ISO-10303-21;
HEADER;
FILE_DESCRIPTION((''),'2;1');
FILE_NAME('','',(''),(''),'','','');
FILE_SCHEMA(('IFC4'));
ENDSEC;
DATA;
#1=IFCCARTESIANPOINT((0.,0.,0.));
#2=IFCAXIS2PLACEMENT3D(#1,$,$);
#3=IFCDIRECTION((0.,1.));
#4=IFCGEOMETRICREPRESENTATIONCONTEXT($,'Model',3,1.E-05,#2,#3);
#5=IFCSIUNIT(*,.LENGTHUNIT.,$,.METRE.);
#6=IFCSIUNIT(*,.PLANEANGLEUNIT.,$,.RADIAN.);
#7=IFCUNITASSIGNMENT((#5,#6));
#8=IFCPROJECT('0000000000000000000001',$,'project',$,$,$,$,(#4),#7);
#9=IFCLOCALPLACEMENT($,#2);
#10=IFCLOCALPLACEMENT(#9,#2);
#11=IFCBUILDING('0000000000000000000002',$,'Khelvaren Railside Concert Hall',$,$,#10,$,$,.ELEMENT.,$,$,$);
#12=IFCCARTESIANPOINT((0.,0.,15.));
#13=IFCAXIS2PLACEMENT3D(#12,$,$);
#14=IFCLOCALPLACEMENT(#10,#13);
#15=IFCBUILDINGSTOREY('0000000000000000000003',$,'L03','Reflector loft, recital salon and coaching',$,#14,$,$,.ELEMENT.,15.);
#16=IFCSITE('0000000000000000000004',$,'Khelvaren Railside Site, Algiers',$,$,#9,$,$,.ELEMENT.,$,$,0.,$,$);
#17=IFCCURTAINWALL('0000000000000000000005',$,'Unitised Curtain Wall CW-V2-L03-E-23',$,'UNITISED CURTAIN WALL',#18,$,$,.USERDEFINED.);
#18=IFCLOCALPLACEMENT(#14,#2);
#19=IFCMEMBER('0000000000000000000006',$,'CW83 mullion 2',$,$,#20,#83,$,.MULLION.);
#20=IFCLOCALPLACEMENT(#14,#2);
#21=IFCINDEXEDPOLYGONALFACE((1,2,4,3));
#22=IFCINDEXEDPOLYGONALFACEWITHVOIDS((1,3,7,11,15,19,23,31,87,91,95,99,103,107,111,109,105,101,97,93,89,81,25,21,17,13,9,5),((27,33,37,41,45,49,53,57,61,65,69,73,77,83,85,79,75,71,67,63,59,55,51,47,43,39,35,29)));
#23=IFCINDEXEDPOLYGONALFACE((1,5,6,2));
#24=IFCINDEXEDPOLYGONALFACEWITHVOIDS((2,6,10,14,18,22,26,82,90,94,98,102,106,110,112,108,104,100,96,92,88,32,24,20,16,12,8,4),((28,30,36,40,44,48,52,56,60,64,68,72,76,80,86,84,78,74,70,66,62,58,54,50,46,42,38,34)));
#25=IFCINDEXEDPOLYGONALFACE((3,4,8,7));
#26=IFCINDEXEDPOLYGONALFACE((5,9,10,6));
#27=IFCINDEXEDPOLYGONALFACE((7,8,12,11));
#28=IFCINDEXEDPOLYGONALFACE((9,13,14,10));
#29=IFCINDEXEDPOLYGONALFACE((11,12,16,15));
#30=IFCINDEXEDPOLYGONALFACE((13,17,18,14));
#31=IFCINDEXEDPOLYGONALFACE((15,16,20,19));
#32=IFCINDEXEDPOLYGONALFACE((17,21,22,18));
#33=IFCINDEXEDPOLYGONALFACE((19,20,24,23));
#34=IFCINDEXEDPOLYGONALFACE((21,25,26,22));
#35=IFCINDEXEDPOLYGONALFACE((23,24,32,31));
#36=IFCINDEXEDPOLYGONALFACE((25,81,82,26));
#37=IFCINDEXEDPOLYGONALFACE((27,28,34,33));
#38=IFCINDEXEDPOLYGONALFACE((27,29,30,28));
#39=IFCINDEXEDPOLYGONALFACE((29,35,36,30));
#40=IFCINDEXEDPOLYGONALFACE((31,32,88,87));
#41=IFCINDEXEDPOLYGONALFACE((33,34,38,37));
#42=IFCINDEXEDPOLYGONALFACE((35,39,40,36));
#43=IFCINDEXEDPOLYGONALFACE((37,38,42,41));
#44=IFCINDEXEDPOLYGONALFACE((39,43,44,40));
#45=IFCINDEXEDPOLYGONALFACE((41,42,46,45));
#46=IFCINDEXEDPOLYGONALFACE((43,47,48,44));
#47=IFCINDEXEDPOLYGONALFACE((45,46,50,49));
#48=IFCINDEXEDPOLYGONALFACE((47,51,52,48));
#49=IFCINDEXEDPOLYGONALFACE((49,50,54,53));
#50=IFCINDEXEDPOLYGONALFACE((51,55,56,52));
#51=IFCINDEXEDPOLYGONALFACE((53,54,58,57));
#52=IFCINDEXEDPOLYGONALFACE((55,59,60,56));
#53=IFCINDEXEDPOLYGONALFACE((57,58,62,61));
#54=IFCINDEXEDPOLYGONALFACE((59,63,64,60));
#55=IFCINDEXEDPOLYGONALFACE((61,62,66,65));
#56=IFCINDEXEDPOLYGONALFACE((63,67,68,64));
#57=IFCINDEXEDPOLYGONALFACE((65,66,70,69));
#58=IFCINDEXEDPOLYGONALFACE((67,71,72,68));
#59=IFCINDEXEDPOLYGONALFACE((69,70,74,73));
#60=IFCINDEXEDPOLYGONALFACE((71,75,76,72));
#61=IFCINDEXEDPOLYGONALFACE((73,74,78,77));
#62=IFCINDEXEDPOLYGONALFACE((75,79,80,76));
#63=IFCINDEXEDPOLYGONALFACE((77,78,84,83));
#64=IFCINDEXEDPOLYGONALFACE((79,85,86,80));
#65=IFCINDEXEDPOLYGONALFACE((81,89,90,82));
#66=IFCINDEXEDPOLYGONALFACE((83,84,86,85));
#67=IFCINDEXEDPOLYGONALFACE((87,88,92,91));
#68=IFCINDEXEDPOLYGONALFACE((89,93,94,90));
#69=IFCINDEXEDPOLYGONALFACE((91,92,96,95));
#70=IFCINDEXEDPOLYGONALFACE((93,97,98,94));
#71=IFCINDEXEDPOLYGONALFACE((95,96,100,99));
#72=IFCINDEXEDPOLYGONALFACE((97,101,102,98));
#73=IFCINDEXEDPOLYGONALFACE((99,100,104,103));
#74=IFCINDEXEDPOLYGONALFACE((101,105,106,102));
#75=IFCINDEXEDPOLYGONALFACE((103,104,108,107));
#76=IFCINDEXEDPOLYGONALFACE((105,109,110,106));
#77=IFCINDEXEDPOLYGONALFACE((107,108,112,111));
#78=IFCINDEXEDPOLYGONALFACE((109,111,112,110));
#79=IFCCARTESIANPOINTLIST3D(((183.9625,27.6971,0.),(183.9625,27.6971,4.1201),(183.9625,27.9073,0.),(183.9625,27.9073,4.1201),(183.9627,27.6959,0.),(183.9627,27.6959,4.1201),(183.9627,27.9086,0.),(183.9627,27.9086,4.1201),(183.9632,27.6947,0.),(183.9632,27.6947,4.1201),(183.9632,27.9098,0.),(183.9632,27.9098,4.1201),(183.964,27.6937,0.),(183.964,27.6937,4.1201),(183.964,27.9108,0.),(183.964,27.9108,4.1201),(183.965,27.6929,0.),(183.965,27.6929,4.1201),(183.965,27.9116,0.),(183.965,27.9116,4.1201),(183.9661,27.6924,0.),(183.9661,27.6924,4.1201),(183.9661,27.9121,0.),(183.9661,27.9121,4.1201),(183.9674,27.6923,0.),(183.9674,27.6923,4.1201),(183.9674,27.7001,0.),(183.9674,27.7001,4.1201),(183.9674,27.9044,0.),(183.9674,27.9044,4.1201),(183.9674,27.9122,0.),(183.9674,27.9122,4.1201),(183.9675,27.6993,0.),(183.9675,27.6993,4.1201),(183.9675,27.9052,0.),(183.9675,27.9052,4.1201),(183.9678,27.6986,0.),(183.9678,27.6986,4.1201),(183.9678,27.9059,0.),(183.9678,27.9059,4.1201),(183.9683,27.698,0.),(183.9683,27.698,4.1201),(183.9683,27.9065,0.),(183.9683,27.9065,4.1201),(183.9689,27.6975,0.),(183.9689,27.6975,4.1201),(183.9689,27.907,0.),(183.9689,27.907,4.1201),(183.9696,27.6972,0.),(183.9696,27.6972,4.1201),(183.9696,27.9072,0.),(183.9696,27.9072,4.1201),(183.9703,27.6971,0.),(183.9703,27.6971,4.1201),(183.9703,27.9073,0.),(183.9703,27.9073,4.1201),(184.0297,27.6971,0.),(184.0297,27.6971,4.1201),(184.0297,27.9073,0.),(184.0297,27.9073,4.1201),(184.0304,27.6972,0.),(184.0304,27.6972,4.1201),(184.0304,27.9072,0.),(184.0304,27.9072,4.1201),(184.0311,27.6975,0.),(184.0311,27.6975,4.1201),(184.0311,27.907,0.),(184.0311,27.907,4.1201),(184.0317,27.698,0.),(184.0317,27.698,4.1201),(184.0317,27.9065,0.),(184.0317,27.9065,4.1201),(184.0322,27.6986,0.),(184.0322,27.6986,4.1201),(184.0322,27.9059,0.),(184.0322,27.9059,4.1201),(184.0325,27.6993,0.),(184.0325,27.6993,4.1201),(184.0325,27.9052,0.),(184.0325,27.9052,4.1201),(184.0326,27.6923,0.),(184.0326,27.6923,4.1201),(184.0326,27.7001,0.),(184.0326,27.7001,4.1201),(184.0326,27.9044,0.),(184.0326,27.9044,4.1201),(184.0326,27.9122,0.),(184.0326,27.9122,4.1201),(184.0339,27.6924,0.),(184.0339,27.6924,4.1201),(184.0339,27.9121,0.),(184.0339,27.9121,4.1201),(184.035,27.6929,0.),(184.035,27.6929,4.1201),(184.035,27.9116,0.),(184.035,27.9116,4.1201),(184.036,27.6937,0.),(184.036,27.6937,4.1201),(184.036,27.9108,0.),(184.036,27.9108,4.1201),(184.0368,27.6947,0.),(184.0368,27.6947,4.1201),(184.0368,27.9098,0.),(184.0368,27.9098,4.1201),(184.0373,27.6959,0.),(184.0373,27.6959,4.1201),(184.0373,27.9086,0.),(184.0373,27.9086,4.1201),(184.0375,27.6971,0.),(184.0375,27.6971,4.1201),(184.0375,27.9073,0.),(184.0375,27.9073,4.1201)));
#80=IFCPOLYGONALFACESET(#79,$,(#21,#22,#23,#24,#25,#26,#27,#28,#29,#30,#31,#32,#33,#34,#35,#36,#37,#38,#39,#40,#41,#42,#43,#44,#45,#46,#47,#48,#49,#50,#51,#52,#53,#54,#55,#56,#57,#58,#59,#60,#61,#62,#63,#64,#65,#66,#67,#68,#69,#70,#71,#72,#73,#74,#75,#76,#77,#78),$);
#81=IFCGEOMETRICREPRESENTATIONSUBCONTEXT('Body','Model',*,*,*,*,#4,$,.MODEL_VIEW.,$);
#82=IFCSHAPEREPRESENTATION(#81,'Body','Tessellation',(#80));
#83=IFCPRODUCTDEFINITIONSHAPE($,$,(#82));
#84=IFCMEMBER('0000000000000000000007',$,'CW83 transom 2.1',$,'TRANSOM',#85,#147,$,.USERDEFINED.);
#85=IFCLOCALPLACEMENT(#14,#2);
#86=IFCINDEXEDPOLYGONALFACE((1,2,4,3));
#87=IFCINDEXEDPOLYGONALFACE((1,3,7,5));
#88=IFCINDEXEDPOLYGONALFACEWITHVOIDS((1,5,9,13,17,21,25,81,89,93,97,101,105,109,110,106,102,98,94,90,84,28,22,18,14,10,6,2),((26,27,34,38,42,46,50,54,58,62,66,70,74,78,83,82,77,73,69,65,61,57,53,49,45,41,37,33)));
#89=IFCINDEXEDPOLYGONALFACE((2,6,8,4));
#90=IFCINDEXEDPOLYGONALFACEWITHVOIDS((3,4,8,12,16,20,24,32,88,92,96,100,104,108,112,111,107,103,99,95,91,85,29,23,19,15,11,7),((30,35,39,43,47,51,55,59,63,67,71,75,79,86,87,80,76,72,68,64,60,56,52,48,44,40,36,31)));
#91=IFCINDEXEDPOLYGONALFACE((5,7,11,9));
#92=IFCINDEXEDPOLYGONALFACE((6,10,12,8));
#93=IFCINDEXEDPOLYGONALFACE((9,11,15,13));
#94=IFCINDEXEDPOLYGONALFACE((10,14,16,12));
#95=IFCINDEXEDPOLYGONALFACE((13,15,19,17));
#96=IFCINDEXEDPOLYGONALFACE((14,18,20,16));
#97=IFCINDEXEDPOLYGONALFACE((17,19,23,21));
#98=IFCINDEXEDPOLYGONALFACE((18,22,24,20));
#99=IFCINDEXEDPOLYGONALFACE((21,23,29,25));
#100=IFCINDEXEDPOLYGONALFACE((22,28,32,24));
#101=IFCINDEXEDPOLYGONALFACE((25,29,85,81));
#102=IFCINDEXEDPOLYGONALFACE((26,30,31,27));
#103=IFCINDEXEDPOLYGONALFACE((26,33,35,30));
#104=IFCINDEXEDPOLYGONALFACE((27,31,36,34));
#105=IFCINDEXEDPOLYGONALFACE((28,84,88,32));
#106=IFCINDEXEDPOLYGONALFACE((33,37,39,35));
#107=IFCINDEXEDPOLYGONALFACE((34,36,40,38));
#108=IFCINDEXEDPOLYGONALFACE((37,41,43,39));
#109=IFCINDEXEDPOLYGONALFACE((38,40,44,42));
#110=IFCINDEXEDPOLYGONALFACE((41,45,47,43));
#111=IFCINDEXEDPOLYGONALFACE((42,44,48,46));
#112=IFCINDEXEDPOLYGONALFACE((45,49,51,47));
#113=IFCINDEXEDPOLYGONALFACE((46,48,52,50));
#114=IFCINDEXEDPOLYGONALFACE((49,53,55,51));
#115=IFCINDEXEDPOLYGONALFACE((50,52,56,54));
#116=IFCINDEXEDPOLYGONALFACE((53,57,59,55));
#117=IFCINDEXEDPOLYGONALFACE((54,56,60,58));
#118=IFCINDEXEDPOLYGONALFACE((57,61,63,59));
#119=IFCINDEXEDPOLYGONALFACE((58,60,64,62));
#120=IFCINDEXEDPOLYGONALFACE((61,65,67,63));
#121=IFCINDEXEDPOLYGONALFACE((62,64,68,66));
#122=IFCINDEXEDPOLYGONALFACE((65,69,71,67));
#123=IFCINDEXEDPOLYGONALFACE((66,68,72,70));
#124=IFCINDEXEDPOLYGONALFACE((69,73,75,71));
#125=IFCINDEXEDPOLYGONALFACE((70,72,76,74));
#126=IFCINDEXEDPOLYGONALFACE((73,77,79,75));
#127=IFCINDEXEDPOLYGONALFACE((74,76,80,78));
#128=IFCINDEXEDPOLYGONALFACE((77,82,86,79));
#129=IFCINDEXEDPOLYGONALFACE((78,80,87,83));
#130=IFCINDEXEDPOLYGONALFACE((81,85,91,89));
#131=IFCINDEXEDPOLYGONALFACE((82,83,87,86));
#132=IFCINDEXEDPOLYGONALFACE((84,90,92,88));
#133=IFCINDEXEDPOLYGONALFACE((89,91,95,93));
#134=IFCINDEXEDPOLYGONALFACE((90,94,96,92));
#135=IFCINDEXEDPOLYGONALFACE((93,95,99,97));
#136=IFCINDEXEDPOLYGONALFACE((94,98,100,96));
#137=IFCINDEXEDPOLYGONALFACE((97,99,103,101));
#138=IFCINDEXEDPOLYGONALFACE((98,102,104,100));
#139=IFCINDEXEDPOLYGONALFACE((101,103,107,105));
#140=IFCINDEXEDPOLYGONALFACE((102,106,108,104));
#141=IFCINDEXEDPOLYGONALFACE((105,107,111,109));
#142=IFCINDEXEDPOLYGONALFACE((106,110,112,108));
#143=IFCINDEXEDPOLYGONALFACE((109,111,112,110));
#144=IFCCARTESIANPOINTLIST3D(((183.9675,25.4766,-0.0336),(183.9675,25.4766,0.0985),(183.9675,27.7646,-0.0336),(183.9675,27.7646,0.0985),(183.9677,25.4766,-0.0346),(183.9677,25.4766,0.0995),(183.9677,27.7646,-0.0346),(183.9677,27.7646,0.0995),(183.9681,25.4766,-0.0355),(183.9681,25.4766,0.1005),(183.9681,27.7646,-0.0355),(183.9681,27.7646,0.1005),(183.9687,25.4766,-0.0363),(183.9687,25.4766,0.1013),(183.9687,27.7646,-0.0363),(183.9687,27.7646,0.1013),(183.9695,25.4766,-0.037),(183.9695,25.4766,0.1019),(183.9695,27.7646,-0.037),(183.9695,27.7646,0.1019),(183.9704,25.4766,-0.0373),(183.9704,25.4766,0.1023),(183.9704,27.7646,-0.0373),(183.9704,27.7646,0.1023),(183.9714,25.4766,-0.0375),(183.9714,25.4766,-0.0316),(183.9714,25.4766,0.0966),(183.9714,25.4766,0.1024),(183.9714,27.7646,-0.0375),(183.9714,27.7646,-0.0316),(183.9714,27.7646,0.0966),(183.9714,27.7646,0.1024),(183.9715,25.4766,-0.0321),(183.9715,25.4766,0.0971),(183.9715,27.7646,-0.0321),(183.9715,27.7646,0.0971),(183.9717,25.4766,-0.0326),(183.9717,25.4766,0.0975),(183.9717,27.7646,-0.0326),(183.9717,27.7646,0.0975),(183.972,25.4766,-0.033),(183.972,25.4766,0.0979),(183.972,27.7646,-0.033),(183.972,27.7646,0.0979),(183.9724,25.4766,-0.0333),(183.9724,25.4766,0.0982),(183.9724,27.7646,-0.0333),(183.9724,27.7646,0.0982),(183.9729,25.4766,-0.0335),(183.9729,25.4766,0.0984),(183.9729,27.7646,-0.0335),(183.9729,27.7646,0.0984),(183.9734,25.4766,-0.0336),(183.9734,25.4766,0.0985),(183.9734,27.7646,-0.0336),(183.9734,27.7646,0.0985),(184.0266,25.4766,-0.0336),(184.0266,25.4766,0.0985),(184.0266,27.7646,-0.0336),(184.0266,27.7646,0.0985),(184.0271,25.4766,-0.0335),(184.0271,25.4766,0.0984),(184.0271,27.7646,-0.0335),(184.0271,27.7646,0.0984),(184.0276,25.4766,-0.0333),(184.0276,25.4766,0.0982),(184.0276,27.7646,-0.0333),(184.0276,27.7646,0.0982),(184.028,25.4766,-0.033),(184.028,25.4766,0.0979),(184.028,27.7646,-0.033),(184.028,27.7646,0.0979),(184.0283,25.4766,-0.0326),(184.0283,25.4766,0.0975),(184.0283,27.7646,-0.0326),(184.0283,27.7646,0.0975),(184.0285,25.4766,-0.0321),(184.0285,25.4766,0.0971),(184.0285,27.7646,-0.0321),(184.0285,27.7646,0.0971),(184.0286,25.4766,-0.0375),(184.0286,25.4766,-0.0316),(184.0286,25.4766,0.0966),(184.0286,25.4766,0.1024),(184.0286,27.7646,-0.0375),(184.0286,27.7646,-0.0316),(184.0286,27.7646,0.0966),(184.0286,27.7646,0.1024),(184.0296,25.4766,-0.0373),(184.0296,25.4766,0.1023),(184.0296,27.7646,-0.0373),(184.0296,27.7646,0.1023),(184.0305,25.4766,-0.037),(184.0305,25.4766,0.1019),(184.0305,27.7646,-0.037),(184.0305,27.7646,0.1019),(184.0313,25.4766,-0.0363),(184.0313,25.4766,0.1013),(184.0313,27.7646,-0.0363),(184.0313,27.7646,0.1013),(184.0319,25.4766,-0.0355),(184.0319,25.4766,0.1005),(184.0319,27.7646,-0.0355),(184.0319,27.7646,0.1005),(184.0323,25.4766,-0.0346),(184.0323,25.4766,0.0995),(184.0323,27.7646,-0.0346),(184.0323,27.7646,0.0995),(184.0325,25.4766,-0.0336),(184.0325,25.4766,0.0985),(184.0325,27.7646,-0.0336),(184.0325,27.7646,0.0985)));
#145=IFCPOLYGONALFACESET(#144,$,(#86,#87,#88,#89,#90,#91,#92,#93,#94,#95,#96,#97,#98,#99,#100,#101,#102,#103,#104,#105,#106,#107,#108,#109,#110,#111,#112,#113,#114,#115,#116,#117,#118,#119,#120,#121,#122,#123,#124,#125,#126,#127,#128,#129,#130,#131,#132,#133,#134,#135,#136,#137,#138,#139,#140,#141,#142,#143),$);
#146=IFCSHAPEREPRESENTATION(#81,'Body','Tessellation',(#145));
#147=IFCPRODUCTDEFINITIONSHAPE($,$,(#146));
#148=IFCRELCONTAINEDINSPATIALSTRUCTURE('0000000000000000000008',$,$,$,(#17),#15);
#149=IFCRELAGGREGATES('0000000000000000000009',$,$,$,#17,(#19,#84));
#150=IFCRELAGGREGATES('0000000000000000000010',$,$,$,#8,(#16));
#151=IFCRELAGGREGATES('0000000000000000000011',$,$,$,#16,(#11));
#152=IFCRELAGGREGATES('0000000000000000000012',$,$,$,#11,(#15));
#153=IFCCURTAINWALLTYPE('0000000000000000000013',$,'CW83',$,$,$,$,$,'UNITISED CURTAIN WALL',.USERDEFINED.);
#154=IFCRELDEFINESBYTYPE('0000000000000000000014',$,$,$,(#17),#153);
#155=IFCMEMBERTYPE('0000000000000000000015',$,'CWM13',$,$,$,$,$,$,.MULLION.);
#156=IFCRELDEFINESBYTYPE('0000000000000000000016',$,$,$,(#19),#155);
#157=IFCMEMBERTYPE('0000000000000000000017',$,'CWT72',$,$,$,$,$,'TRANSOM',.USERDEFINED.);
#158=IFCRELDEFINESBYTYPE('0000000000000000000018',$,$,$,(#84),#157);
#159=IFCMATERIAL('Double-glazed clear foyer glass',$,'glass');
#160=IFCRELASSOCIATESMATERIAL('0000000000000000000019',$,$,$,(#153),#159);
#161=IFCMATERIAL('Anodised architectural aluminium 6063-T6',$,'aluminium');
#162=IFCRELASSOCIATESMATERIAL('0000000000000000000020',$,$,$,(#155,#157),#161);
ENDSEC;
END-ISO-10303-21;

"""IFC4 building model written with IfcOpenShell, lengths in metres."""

from ifc_helpers import new_model, si_unit, direction, frame, origin, origin_2d, place, context, subcontext, project, spatial, hollow_rectangle, extrude, material, material_profile, profile_set, type_object, element, aggregate, save


model = new_model("IFC4")

# Units and contexts
model_context = context("Model", 3, precision=1e-05, world=origin(), true_north=direction((0.0, 1.0)))
body_context = subcontext(model_context, "Body", "Model", "MODEL_VIEW")
ifc_project = project(units=[si_unit("LENGTHUNIT", "METRE"), si_unit("PLANEANGLEUNIT", "RADIAN")], contexts=[model_context])

# Site, building, storey
site_placement = place(None, origin())
site = spatial("IfcSite", under=ifc_project, at=site_placement, Name="Khelvaren Railside Site, Algiers", CompositionType="ELEMENT", RefElevation=0.0)
building_placement = place(site_placement, origin())
building = spatial("IfcBuilding", under=site, at=building_placement, Name="Khelvaren Railside Concert Hall", CompositionType="ELEMENT")
storey_placement = place(building_placement, frame((0.0, 0.0, 15.0)))
storey = spatial("IfcBuildingStorey", under=building, at=storey_placement, Name="L03", Description="Reflector loft, recital salon and coaching", CompositionType="ELEMENT", Elevation=15.0)

# Curtain wall, members
ifc_material_1 = material(Name="Double-glazed clear foyer glass", Category="glass")
curtain_wall_type = type_object("IfcCurtainWallType", Name="CW83", ElementType="UNITISED CURTAIN WALL", PredefinedType="USERDEFINED", material=ifc_material_1)
curtain_wall_placement = place(storey_placement, origin())
curtain_wall = element("IfcCurtainWall", 1, at=curtain_wall_placement, inside=storey, type_object=curtain_wall_type, Name="Unitised Curtain Wall CW-V2-L03-E-23", ObjectType="UNITISED CURTAIN WALL", PredefinedType="USERDEFINED")
ifc_material_2 = material(Name="Anodised architectural aluminium 6063-T6", Category="aluminium")
ifc_material_profile_1 = material_profile(ifc_material_2, hollow_rectangle(XDim=0.075, YDim=0.22, WallThickness=0.0049, InnerFilletRadius=0.0029, OuterFilletRadius=0.0049, at=origin_2d()), Name="CWM 75x220x5")
ifc_profile_set_1 = profile_set([ifc_material_profile_1], Name="Anodised architectural aluminium 6063-T6")
member_type_1 = type_object("IfcMemberType", Name="CWM13", PredefinedType="MULLION", material=ifc_profile_set_1)
member_1_placement = place(storey_placement, frame((184.0, 27.8022, 0.0), z_axis=(0.0, 0.0, 1.0), x_axis=(1.0, 0.0, 0.0)))
member_1 = element("IfcMember", 2, at=member_1_placement, type_object=member_type_1, Name="CW83 mullion 2", PredefinedType="MULLION", context=body_context, shape_type="SweptSolid", body=[
    extrude(hollow_rectangle(XDim=0.075, YDim=0.22, WallThickness=0.0049, InnerFilletRadius=0.0029, OuterFilletRadius=0.0049, at=origin_2d()), origin(), (0.0, 0.0, 1.0), 4.1201),
])
ifc_material_profile_2 = material_profile(ifc_material_2, hollow_rectangle(XDim=0.0649, YDim=0.1399, WallThickness=0.0039, InnerFilletRadius=0.002, OuterFilletRadius=0.0039, at=origin_2d()), Name="CWT 65x140x4")
ifc_profile_set_2 = profile_set([ifc_material_profile_2], Name="Anodised architectural aluminium 6063-T6")
member_type_2 = type_object("IfcMemberType", Name="CWT72", ElementType="TRANSOM", PredefinedType="USERDEFINED", material=ifc_profile_set_2)
member_2_placement = place(storey_placement, frame((184.0, 27.7646, 0.0325), z_axis=(0.0, -1.0, 0.0), x_axis=(1.0, 0.0, 0.0)))
member_2 = element("IfcMember", 3, at=member_2_placement, type_object=member_type_2, Name="CW83 transom 2.1", ObjectType="TRANSOM", PredefinedType="USERDEFINED", context=body_context, shape_type="SweptSolid", body=[
    extrude(hollow_rectangle(XDim=0.0649, YDim=0.1399, WallThickness=0.0039, InnerFilletRadius=0.002, OuterFilletRadius=0.0039, at=origin_2d()), origin(), (0.0, 0.0, 1.0), 2.2881),
])

aggregate(curtain_wall, [member_1, member_2])

save(model, "model.ifc")
